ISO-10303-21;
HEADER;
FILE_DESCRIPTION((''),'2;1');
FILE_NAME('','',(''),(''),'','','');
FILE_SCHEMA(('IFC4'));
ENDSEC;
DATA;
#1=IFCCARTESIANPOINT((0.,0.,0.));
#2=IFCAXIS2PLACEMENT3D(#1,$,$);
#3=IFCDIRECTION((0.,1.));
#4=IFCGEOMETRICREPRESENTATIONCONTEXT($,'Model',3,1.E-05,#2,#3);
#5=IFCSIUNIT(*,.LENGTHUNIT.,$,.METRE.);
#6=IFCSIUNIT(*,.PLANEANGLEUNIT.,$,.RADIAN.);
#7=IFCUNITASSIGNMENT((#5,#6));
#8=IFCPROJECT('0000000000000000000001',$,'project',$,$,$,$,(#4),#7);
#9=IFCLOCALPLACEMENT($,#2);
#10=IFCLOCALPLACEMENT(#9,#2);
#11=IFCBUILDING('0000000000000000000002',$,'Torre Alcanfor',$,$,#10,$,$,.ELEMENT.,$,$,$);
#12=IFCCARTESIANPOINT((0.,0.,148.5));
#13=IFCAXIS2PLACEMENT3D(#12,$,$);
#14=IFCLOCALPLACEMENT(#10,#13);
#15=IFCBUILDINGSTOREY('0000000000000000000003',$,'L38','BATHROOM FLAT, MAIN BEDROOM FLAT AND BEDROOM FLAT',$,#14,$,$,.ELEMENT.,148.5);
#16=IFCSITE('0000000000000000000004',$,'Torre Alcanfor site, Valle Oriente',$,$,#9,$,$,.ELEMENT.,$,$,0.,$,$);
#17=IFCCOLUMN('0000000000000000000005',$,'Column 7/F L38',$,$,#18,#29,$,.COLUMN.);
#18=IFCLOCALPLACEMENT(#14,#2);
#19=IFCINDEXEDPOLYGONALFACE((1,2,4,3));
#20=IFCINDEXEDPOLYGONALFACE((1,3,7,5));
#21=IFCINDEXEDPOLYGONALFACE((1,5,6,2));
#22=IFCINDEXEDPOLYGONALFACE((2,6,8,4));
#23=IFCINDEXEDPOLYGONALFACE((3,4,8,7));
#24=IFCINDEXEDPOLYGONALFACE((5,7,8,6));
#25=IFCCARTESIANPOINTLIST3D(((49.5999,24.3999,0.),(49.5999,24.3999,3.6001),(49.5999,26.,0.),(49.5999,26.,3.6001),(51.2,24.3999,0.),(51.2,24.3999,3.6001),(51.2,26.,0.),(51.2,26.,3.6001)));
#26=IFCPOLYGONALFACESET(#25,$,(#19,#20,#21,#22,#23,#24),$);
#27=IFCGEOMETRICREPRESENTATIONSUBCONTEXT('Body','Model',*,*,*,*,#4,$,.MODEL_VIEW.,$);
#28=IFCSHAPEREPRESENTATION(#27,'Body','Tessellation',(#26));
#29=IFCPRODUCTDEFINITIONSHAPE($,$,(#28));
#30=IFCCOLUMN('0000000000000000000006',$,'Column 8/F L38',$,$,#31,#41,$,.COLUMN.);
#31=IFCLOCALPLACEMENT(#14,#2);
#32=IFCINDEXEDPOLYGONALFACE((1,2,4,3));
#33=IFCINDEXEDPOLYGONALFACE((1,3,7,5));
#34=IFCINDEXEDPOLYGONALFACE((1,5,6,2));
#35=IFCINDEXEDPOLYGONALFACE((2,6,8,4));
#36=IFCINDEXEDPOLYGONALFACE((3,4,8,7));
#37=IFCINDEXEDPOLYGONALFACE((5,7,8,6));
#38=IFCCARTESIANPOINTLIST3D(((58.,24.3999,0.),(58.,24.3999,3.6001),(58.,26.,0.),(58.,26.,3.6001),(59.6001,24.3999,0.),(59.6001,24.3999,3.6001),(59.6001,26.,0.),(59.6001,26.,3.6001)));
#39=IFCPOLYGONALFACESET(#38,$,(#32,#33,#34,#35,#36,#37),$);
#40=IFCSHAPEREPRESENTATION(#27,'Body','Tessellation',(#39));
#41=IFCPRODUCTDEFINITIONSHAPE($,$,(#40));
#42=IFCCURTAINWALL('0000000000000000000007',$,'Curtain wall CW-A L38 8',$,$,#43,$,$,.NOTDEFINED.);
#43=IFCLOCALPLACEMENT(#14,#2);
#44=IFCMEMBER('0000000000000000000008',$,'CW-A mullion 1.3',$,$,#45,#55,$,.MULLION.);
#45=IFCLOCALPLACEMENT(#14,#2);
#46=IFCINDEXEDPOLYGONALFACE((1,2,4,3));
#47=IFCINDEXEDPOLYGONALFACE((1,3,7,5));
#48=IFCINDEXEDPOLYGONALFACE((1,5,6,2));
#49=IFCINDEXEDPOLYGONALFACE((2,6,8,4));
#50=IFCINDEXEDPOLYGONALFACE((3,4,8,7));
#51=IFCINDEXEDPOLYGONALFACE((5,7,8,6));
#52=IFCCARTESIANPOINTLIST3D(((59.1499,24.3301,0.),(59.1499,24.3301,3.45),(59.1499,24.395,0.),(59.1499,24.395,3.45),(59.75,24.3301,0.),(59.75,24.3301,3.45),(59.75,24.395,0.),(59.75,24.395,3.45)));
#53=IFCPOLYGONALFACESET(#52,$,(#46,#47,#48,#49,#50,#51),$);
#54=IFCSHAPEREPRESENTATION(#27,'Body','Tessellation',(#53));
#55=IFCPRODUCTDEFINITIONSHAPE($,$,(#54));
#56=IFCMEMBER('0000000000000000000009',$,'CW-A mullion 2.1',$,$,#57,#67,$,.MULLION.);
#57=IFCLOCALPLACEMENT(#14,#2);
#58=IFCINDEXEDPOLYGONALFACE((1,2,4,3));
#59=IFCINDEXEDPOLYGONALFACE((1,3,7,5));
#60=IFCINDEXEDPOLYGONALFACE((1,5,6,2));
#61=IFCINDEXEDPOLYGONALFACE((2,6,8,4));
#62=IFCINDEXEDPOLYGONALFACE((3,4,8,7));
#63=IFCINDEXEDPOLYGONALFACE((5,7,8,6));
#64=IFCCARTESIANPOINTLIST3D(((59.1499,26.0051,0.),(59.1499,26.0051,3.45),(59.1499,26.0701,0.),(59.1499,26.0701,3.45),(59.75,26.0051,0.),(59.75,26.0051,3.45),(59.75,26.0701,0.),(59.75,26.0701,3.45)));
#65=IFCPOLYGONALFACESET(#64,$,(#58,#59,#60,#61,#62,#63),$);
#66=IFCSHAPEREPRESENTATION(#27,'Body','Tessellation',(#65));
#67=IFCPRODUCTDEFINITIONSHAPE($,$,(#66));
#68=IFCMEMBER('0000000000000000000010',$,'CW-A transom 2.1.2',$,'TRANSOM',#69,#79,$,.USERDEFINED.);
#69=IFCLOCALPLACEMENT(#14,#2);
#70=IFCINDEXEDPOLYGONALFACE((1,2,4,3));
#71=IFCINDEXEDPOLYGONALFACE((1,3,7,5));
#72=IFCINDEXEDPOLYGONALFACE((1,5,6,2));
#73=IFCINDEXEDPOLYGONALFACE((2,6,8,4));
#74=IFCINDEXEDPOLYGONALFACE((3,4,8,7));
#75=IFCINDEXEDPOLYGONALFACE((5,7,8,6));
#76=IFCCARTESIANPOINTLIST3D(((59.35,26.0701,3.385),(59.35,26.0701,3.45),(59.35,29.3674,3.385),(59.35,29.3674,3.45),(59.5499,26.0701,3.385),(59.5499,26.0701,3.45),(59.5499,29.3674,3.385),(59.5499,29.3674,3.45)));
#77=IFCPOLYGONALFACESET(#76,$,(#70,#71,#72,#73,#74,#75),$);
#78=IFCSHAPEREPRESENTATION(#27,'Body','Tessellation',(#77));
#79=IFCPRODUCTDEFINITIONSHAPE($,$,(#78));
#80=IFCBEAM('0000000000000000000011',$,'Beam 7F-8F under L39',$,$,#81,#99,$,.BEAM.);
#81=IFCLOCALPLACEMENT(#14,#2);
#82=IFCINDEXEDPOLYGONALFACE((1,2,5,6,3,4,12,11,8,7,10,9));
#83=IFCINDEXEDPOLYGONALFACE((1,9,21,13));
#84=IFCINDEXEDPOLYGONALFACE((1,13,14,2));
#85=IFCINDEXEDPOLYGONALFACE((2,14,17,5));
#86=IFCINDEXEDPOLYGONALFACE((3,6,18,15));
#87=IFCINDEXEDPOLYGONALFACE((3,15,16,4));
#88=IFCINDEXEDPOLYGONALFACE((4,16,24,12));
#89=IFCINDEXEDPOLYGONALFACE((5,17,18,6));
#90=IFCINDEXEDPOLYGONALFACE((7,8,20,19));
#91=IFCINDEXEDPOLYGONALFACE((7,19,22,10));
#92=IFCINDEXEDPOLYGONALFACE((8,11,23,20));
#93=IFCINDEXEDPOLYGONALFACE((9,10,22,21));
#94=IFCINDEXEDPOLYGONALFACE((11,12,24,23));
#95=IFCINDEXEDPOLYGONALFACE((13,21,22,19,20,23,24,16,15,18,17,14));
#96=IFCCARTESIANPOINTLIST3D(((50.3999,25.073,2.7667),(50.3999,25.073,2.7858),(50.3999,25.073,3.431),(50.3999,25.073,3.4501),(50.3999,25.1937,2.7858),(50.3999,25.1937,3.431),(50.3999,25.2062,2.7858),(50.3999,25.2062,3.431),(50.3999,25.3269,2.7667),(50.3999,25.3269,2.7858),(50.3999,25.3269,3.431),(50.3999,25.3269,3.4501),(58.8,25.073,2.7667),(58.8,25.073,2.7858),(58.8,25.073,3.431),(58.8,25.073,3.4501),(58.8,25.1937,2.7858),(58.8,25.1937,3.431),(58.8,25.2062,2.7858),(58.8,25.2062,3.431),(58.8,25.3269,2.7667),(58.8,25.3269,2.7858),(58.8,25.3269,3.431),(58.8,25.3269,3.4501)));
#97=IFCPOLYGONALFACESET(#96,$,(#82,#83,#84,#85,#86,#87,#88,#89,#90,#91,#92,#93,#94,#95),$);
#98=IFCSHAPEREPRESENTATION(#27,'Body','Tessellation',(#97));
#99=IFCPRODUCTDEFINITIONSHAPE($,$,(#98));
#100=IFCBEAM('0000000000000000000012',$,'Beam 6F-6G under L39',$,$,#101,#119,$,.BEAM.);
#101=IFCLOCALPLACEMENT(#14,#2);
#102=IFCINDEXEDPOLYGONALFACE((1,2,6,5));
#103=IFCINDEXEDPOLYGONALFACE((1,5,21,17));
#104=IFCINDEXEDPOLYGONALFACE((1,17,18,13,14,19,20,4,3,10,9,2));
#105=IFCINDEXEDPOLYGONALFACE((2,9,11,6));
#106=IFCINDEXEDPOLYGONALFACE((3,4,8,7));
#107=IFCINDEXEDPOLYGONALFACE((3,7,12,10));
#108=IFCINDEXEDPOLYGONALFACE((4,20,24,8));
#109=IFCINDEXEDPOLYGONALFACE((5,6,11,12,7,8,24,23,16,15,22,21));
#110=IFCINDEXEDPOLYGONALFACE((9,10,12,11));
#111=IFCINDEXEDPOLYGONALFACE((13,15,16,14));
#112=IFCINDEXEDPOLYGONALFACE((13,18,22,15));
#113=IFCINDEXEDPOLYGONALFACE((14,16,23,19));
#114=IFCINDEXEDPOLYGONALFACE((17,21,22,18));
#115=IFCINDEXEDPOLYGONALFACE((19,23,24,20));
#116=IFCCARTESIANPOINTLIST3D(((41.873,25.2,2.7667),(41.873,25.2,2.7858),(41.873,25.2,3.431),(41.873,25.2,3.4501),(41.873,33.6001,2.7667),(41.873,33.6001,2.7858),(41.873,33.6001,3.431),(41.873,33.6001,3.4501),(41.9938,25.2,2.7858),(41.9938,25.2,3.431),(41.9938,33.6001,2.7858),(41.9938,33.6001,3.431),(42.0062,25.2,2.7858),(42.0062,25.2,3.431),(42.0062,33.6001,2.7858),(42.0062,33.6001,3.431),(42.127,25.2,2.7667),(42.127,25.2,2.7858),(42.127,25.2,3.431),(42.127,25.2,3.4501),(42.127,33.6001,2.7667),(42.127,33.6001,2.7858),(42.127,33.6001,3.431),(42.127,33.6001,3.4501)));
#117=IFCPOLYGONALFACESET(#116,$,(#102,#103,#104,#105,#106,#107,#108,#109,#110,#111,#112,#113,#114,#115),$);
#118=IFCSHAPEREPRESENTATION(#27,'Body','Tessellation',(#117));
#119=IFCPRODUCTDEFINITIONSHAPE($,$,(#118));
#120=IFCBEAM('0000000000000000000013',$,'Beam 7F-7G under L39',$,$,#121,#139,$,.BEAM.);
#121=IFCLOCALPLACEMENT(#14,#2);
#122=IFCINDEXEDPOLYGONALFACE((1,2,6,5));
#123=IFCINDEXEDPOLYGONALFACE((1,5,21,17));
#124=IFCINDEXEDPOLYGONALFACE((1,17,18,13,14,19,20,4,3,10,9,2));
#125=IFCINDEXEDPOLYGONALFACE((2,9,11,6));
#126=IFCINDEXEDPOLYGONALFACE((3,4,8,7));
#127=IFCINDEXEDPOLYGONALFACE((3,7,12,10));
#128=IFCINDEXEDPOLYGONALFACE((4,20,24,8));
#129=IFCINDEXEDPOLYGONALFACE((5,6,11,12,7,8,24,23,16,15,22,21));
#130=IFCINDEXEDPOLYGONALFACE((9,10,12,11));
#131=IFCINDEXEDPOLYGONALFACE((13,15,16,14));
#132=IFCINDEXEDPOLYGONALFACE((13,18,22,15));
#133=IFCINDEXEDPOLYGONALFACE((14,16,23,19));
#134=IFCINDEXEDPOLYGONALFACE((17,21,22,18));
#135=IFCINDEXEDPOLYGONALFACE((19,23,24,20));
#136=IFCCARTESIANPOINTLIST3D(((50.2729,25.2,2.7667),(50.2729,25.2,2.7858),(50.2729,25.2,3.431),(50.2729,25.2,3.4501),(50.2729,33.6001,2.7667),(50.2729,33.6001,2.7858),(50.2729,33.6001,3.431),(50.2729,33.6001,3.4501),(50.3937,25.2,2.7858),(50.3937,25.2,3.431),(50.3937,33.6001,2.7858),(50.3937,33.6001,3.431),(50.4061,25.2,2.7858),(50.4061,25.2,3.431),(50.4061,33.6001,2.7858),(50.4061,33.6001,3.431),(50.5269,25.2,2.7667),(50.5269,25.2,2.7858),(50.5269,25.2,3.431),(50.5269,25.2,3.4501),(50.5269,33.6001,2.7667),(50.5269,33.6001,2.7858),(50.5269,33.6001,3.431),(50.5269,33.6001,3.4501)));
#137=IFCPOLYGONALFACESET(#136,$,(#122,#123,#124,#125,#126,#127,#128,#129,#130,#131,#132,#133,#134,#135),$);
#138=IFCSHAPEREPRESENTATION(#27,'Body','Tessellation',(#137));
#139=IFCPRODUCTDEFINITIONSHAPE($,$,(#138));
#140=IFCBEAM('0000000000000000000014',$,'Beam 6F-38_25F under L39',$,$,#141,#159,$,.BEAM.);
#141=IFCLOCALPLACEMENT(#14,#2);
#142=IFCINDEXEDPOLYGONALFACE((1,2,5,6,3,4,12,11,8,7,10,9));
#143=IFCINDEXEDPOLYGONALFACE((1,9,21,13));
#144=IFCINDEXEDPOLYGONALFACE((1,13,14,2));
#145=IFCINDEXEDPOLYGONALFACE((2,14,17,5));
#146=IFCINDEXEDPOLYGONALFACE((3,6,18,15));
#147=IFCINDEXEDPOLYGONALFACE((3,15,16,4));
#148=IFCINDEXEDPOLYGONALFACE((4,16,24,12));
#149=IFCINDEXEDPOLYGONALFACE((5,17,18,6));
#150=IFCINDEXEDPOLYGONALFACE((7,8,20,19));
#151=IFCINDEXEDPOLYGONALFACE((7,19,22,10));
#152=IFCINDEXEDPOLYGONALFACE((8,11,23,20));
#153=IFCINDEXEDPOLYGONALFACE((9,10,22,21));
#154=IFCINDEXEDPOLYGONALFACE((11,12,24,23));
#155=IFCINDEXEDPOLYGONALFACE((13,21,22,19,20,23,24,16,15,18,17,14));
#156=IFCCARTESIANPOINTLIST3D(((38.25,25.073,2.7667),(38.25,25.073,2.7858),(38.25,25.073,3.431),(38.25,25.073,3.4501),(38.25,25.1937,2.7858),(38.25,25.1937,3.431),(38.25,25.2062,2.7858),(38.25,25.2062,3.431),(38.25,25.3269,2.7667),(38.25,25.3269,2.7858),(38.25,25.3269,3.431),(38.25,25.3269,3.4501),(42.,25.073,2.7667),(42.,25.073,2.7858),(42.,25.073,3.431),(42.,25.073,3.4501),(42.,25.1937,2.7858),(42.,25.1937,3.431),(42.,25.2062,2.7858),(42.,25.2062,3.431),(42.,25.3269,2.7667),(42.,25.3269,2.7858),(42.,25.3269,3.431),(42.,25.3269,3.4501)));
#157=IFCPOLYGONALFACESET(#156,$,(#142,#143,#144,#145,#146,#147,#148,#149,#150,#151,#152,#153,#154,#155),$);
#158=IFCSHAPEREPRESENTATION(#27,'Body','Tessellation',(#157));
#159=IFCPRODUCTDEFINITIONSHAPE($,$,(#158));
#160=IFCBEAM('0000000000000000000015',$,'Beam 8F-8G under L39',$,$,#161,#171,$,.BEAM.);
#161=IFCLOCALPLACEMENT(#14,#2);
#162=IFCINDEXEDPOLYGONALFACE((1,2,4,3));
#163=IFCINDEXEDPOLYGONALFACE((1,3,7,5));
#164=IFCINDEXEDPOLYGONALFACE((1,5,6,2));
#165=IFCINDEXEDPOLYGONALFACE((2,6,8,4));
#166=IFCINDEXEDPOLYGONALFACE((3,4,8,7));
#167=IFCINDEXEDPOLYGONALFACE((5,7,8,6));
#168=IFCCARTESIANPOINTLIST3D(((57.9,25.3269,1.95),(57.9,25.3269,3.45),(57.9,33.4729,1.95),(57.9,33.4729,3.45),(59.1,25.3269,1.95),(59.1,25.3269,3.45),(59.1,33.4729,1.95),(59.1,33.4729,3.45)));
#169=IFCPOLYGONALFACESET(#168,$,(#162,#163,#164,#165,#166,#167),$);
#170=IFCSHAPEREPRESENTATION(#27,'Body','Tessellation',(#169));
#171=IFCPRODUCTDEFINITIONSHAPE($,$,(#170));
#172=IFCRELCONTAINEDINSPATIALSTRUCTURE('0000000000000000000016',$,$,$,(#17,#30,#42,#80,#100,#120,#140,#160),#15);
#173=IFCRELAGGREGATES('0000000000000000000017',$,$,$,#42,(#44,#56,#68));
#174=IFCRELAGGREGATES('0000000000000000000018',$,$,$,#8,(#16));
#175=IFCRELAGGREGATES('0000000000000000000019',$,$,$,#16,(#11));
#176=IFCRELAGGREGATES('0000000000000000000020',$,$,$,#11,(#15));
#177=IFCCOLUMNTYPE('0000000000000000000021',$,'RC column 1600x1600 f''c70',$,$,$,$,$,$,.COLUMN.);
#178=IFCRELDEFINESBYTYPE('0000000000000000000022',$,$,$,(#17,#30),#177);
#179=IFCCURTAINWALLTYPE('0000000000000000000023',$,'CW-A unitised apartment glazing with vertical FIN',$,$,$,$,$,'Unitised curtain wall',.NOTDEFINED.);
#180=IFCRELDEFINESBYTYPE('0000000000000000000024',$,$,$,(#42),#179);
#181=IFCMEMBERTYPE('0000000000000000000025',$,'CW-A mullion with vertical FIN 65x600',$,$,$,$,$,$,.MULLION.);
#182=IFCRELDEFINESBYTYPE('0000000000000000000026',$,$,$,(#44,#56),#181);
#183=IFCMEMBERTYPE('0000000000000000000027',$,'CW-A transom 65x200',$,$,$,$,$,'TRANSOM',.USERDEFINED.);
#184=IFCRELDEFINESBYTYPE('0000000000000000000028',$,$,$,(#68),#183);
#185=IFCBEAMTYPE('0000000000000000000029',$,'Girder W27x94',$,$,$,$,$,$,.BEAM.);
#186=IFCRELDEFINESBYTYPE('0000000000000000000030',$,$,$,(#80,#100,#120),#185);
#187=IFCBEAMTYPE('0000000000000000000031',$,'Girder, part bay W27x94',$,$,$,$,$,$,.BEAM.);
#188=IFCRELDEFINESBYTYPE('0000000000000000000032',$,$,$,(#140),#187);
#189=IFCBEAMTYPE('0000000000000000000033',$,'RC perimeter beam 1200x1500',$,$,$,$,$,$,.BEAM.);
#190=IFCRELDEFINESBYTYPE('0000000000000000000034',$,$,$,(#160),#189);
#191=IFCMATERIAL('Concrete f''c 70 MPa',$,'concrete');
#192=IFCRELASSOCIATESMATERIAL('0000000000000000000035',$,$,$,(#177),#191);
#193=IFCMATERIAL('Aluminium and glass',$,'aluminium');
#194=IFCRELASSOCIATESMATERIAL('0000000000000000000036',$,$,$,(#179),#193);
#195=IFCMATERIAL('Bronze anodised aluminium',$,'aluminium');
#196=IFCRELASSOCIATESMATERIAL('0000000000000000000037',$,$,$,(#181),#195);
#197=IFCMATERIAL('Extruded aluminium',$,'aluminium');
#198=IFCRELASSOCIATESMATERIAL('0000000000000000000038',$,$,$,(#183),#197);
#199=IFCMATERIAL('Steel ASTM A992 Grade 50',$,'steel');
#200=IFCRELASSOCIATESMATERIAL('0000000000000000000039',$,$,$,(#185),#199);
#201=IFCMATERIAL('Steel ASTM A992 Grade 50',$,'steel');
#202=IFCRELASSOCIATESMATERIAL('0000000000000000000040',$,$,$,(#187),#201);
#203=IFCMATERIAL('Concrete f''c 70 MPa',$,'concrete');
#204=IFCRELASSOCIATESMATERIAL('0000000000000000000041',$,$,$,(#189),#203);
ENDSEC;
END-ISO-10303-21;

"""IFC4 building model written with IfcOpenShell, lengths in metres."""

from ifc_helpers import new_model, si_unit, direction, frame, origin, origin_2d, place, context, subcontext, project, spatial, rectangle, i_section, extrude, material, material_profile, profile_set, type_object, element, aggregate, save


model = new_model("IFC4")

# Units and contexts
model_context = context("Model", 3, precision=1e-05, world=origin(), true_north=direction((0.0, 1.0)))
body_context = subcontext(model_context, "Body", "Model", "MODEL_VIEW")
ifc_project = project(units=[si_unit("LENGTHUNIT", "METRE"), si_unit("PLANEANGLEUNIT", "RADIAN")], contexts=[model_context])

# Site, building, storey
site_placement = place(None, origin())
site = spatial("IfcSite", under=ifc_project, at=site_placement, Name="Torre Alcanfor site, Valle Oriente", CompositionType="ELEMENT", RefElevation=0.0)
building_placement = place(site_placement, origin())
building = spatial("IfcBuilding", under=site, at=building_placement, Name="Torre Alcanfor", CompositionType="ELEMENT")
storey_placement = place(building_placement, frame((0.0, 0.0, 148.5)))
storey = spatial("IfcBuildingStorey", under=building, at=storey_placement, Name="L38", Description="BATHROOM FLAT, MAIN BEDROOM FLAT AND BEDROOM FLAT", CompositionType="ELEMENT", Elevation=148.5)

# Columns
ifc_material_1 = material(Name="Concrete f'c 70 MPa", Category="concrete")
ifc_material_profile_1 = material_profile(ifc_material_1, rectangle(XDim=1.6001, YDim=1.6001, at=origin_2d()), Name="1600x1600")
ifc_profile_set_1 = profile_set([ifc_material_profile_1], Name="Concrete f'c 70 MPa")
column_type = type_object("IfcColumnType", Name="RC column 1600x1600 f'c70", PredefinedType="COLUMN", material=ifc_profile_set_1)
for number, where, z_axis, x_axis, name in (
    (1, (50.3999, 25.2, 0.0), (0.0, 0.0, 1.0), (1.0, 0.0, 0.0), "Column 7/F L38"),
    (2, (58.8, 25.2, 0.0), (0.0, 0.0, 1.0), (1.0, 0.0, 0.0), "Column 8/F L38"),
):
    element("IfcColumn", number, at=place(storey_placement, frame(where, z_axis=z_axis, x_axis=x_axis)), inside=storey, type_object=column_type, Name=name, PredefinedType="COLUMN", context=body_context, shape_type="SweptSolid", body=[
        extrude(rectangle(XDim=1.6001, YDim=1.6001, at=origin_2d()), origin(), (0.0, 0.0, 1.0), 3.6001),
    ])

# Curtain wall, members
ifc_material_2 = material(Name="Aluminium and glass", Category="aluminium")
curtain_wall_type = type_object("IfcCurtainWallType", Name="CW-A unitised apartment glazing with vertical FIN", ElementType="Unitised curtain wall", PredefinedType="NOTDEFINED", material=ifc_material_2)
curtain_wall_placement = place(storey_placement, origin())
curtain_wall = element("IfcCurtainWall", 3, at=curtain_wall_placement, inside=storey, type_object=curtain_wall_type, Name="Curtain wall CW-A L38 8", PredefinedType="NOTDEFINED")
ifc_material_3 = material(Name="Bronze anodised aluminium", Category="aluminium")
ifc_material_profile_2 = material_profile(ifc_material_3, rectangle(XDim=0.6001, YDim=0.0649, at=origin_2d()), Name="CW-A mullion 65x600")
ifc_profile_set_2 = profile_set([ifc_material_profile_2], Name="Bronze anodised aluminium")
member_type_1 = type_object("IfcMemberType", Name="CW-A mullion with vertical FIN 65x600", PredefinedType="MULLION", material=ifc_profile_set_2)
member_1_placement = place(storey_placement, frame((59.45, 24.3625, 0.0), z_axis=(0.0, 0.0, 1.0), x_axis=(-1.0, 0.0, 0.0)))
member_1 = element("IfcMember", 4, at=member_1_placement, type_object=member_type_1, Name="CW-A mullion 1.3", PredefinedType="MULLION", context=body_context, shape_type="SweptSolid", body=[
    extrude(rectangle(XDim=0.6001, YDim=0.0649, at=origin_2d()), origin(), (0.0, 0.0, 1.0), 3.45),
])
member_2_placement = place(storey_placement, frame((59.45, 26.0376, 0.0), z_axis=(0.0, 0.0, 1.0), x_axis=(-1.0, 0.0, 0.0)))
member_2 = element("IfcMember", 5, at=member_2_placement, type_object=member_type_1, Name="CW-A mullion 2.1", PredefinedType="MULLION", context=body_context, shape_type="SweptSolid", body=[
    extrude(rectangle(XDim=0.6001, YDim=0.0649, at=origin_2d()), origin(), (0.0, 0.0, 1.0), 3.45),
])
ifc_material_4 = material(Name="Extruded aluminium", Category="aluminium")
ifc_material_profile_3 = material_profile(ifc_material_4, rectangle(XDim=0.2, YDim=0.0649, at=origin_2d()), Name="CW-A transom 200x65")
ifc_profile_set_3 = profile_set([ifc_material_profile_3], Name="Extruded aluminium")
member_type_2 = type_object("IfcMemberType", Name="CW-A transom 65x200", ElementType="TRANSOM", PredefinedType="USERDEFINED", material=ifc_profile_set_3)
member_3_placement = place(storey_placement, frame((59.45, 26.0701, 3.4175), z_axis=(0.0, 1.0, 0.0), x_axis=(-1.0, 0.0, 0.0)))
member_3 = element("IfcMember", 6, at=member_3_placement, type_object=member_type_2, Name="CW-A transom 2.1.2", ObjectType="TRANSOM", PredefinedType="USERDEFINED", context=body_context, shape_type="SweptSolid", body=[
    extrude(rectangle(XDim=0.2, YDim=0.0649, at=origin_2d()), origin(), (0.0, 0.0, 1.0), 3.2974),
])

# Beams
ifc_material_5 = material(Name="Steel ASTM A992 Grade 50", Category="steel")
ifc_material_profile_4 = material_profile(ifc_material_5, i_section(OverallWidth=0.2539, OverallDepth=0.6833, WebThickness=0.0125, FlangeThickness=0.019, at=origin_2d()), Name="W27x94")
ifc_profile_set_4 = profile_set([ifc_material_profile_4], Name="Steel ASTM A992 Grade 50")
beam_type_1 = type_object("IfcBeamType", Name="Girder W27x94", PredefinedType="BEAM", material=ifc_profile_set_4)
for number, where, z_axis, x_axis, name in (
    (7, (50.3999, 25.2, 3.1084), (1.0, 0.0, 0.0), (0.0, 1.0, 0.0), "Beam 7F-8F under L39"),
    (8, (42.0, 25.2, 3.1084), (0.0, 1.0, 0.0), (-1.0, 0.0, 0.0), "Beam 6F-6G under L39"),
    (9, (50.3999, 25.2, 3.1084), (0.0, 1.0, 0.0), (-1.0, 0.0, 0.0), "Beam 7F-7G under L39"),
):
    element("IfcBeam", number, at=place(storey_placement, frame(where, z_axis=z_axis, x_axis=x_axis)), inside=storey, type_object=beam_type_1, Name=name, PredefinedType="BEAM", context=body_context, shape_type="SweptSolid", body=[
        extrude(i_section(OverallWidth=0.2539, OverallDepth=0.6833, WebThickness=0.0125, FlangeThickness=0.019, at=origin_2d()), origin(), (0.0, 0.0, 1.0), 8.4001),
    ])
ifc_material_6 = material(Name="Steel ASTM A992 Grade 50", Category="steel")
ifc_material_profile_5 = material_profile(ifc_material_6, i_section(OverallWidth=0.2539, OverallDepth=0.6833, WebThickness=0.0125, FlangeThickness=0.019, at=origin_2d()), Name="W27x94")
ifc_profile_set_5 = profile_set([ifc_material_profile_5], Name="Steel ASTM A992 Grade 50")
beam_type_2 = type_object("IfcBeamType", Name="Girder, part bay W27x94", PredefinedType="BEAM", material=ifc_profile_set_5)
beam_1_placement = place(storey_placement, frame((42.0, 25.2, 3.1084), z_axis=(-1.0, 0.0, 0.0), x_axis=(0.0, -1.0, 0.0)))
element("IfcBeam", 10, at=beam_1_placement, inside=storey, type_object=beam_type_2, Name="Beam 6F-38_25F under L39", PredefinedType="BEAM", context=body_context, shape_type="SweptSolid", body=[
    extrude(i_section(OverallWidth=0.2539, OverallDepth=0.6833, WebThickness=0.0125, FlangeThickness=0.019, at=origin_2d()), origin(), (0.0, 0.0, 1.0), 3.75),
])
ifc_material_7 = material(Name="Concrete f'c 70 MPa", Category="concrete")
ifc_material_profile_6 = material_profile(ifc_material_7, rectangle(XDim=1.2, YDim=1.5, at=origin_2d()), Name="1200x1500")
ifc_profile_set_6 = profile_set([ifc_material_profile_6], Name="Concrete f'c 70 MPa")
beam_type_3 = type_object("IfcBeamType", Name="RC perimeter beam 1200x1500", PredefinedType="BEAM", material=ifc_profile_set_6)
beam_2_placement = place(storey_placement, frame((58.5, 25.3269, 2.7), z_axis=(0.0, 1.0, 0.0), x_axis=(-1.0, 0.0, 0.0)))
element("IfcBeam", 11, at=beam_2_placement, inside=storey, type_object=beam_type_3, Name="Beam 8F-8G under L39", PredefinedType="BEAM", context=body_context, shape_type="SweptSolid", body=[
    extrude(rectangle(XDim=1.2, YDim=1.5, at=origin_2d()), origin(), (0.0, 0.0, 1.0), 8.146),
])

aggregate(curtain_wall, [member_1, member_2, member_3])

save(model, "model.ifc")
